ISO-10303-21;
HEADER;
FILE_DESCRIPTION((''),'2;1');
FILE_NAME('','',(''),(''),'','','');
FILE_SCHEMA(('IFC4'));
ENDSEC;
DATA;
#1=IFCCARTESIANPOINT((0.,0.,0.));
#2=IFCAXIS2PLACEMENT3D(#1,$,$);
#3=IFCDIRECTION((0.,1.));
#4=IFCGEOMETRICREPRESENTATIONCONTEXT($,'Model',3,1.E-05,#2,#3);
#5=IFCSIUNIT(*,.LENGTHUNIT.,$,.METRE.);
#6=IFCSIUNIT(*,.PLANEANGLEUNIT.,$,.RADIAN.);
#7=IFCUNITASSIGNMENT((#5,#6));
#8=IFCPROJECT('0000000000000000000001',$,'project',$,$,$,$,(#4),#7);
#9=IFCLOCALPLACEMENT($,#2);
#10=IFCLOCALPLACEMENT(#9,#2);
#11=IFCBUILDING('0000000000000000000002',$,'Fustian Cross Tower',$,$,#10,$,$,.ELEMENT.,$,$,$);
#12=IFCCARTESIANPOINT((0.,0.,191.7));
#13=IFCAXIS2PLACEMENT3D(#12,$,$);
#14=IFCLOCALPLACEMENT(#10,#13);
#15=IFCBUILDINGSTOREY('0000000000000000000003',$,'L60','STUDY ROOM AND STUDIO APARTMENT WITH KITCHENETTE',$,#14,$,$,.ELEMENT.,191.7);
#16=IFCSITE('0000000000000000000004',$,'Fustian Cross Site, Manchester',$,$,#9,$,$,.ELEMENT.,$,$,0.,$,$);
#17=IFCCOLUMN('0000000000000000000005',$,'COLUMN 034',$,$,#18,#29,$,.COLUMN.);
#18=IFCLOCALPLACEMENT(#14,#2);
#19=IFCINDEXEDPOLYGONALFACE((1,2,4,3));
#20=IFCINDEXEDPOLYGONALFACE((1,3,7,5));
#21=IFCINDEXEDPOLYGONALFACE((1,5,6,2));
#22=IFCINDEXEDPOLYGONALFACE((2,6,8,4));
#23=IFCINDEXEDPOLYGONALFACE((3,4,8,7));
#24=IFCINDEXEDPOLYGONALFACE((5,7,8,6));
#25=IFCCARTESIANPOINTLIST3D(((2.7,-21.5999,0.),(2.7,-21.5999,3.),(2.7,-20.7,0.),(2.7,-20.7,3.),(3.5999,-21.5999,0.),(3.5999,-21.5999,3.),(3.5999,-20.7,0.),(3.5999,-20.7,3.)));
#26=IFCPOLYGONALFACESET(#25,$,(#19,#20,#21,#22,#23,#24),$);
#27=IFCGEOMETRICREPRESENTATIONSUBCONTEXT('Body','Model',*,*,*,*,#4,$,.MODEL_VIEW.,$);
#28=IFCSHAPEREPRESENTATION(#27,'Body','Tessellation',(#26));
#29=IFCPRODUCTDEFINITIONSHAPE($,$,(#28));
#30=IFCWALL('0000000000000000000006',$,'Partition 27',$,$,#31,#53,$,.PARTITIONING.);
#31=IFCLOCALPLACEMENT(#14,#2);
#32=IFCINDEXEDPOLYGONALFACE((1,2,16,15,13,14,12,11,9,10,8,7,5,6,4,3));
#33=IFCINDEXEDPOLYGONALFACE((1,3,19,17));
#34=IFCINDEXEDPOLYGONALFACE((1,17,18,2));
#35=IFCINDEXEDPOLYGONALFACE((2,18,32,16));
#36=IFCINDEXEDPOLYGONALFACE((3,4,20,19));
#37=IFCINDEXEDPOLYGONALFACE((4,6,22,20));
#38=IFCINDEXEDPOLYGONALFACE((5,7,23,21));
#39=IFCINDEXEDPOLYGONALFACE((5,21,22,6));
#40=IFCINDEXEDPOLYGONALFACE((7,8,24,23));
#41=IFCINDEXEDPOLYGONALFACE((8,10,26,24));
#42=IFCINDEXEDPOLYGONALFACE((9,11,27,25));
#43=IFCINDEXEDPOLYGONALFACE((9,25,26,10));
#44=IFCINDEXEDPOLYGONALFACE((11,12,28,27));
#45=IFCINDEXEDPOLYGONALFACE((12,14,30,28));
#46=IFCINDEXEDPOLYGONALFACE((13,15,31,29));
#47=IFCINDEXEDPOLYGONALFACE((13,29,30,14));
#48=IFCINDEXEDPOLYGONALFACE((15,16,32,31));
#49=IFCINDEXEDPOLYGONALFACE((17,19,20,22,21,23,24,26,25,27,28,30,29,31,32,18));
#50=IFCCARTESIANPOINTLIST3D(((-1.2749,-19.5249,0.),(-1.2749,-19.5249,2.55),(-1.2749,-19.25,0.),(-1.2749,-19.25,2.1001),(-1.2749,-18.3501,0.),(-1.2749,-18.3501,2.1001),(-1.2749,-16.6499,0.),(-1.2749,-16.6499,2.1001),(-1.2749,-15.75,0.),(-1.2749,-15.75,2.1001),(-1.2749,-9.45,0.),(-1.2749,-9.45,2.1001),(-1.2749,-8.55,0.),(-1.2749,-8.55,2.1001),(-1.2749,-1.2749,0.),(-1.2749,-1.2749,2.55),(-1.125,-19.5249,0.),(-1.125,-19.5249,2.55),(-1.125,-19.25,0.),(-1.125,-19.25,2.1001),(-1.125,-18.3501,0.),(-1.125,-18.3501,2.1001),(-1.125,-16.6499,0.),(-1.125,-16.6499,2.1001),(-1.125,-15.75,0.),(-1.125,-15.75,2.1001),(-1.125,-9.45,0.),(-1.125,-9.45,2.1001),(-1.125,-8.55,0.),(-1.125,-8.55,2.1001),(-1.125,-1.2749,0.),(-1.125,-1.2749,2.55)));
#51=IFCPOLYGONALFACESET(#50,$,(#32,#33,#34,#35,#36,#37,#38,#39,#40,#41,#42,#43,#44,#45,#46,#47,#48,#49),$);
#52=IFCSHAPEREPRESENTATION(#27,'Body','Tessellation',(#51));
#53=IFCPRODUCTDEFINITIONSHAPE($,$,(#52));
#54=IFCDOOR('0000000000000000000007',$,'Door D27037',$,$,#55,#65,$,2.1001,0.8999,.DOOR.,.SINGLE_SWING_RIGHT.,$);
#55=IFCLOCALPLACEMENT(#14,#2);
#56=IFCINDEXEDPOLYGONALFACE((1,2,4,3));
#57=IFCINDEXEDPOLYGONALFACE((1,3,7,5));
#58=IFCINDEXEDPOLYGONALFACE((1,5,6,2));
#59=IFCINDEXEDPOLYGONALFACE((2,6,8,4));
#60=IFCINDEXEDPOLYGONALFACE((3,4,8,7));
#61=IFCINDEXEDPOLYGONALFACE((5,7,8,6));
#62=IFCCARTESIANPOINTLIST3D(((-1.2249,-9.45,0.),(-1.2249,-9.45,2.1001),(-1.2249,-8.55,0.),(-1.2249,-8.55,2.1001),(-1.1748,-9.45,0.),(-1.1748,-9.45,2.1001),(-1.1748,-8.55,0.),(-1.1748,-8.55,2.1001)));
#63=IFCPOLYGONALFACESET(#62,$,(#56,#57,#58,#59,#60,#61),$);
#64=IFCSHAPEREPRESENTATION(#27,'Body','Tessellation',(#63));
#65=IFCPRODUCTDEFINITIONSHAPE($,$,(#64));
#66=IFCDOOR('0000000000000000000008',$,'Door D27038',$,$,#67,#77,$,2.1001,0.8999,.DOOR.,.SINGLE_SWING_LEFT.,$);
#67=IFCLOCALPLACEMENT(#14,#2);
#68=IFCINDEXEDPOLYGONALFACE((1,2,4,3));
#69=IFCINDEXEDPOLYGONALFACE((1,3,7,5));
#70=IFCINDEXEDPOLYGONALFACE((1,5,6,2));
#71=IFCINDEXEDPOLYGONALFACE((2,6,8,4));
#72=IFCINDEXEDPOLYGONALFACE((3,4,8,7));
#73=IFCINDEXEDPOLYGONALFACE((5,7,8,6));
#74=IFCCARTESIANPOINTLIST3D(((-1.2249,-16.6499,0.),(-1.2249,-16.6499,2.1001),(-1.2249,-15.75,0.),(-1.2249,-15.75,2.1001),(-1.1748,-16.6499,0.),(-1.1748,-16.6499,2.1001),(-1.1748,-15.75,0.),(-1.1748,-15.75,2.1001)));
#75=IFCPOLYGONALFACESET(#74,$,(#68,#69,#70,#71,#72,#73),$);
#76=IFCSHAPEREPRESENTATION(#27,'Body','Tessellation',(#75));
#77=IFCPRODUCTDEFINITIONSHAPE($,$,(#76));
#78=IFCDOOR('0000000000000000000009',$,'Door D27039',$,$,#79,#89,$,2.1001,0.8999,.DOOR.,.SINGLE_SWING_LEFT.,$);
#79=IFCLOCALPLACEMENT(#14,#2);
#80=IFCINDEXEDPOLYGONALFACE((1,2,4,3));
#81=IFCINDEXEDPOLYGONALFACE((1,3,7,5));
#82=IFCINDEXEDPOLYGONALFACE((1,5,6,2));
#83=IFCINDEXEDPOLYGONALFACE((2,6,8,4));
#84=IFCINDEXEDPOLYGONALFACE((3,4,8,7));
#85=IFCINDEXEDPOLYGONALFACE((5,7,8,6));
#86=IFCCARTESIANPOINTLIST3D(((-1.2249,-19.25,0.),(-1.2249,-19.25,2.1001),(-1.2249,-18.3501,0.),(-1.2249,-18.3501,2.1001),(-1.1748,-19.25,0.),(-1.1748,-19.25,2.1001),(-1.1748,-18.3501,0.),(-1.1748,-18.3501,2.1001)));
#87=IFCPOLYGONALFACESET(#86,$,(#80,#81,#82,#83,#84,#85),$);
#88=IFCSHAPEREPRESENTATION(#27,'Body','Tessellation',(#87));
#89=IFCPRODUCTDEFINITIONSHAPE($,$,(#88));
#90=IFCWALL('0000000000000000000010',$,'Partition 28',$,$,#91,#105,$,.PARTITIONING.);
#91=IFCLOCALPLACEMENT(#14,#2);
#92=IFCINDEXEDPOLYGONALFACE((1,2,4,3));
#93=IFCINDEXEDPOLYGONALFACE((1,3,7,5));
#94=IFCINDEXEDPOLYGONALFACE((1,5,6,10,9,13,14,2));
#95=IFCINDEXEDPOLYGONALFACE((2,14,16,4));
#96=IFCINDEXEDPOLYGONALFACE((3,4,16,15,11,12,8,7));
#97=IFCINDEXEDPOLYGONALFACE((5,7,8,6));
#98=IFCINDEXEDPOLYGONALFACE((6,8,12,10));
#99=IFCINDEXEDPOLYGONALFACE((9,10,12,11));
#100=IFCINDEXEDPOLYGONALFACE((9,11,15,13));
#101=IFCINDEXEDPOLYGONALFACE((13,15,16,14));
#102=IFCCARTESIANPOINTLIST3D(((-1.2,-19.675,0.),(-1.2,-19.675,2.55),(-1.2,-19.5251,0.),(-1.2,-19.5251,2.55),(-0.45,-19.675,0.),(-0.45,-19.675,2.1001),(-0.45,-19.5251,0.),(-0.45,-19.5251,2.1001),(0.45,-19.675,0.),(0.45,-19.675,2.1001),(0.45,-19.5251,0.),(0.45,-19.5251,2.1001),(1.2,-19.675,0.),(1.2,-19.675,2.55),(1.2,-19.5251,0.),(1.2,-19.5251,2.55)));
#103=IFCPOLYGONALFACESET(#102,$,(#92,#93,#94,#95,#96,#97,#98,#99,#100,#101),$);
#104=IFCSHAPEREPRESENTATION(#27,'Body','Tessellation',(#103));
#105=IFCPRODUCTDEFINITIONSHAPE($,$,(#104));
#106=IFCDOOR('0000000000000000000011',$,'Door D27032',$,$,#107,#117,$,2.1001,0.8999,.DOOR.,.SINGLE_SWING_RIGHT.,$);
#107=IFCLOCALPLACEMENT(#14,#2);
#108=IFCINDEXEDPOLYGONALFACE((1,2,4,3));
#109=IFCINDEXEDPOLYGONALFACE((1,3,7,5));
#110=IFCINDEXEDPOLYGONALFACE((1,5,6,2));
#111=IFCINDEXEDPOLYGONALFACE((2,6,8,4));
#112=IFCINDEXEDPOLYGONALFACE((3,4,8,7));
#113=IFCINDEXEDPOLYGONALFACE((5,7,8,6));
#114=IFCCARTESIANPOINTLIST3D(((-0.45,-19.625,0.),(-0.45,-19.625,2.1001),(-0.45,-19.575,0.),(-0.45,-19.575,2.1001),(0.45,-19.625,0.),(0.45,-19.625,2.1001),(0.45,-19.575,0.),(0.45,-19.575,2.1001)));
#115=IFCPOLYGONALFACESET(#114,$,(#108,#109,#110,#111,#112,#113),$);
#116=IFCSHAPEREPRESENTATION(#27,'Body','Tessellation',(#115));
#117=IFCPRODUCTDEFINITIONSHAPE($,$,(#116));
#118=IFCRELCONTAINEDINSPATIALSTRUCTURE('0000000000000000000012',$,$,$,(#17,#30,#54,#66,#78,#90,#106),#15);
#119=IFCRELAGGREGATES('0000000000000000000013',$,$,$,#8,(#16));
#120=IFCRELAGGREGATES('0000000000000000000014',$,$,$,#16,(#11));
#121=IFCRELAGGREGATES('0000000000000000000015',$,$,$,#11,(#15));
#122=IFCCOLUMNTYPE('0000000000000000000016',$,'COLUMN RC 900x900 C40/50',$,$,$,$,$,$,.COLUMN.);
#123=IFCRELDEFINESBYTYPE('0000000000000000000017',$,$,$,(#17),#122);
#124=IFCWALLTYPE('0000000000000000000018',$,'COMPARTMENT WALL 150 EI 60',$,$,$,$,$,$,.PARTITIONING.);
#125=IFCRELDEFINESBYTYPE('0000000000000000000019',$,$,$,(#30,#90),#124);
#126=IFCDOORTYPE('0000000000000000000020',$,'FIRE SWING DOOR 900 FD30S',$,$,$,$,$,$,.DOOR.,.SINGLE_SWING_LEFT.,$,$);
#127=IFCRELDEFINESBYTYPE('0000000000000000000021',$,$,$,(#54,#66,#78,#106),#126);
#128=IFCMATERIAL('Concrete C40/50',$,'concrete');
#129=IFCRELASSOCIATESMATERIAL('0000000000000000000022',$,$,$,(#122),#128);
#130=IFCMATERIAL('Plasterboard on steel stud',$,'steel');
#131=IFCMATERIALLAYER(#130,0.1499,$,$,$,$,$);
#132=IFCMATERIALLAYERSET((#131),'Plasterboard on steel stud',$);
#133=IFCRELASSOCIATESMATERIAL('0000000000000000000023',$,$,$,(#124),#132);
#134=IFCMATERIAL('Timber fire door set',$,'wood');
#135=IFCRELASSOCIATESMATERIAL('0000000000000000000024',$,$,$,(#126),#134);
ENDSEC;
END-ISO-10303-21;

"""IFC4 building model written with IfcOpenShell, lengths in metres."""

from ifc_helpers import new_model, si_unit, direction, frame, frame_2d, origin, origin_2d, place, context, subcontext, project, spatial, rectangle, extrude, material, layer, layer_set, material_profile, profile_set, type_object, element, fill, save


model = new_model("IFC4")

# Units and contexts
model_context = context("Model", 3, precision=1e-05, world=origin(), true_north=direction((0.0, 1.0)))
body_context = subcontext(model_context, "Body", "Model", "MODEL_VIEW")
ifc_project = project(units=[si_unit("LENGTHUNIT", "METRE"), si_unit("PLANEANGLEUNIT", "RADIAN")], contexts=[model_context])

# Site, building, storey
site_placement = place(None, origin())
site = spatial("IfcSite", under=ifc_project, at=site_placement, Name="Fustian Cross Site, Manchester", CompositionType="ELEMENT", RefElevation=0.0)
building_placement = place(site_placement, origin())
building = spatial("IfcBuilding", under=site, at=building_placement, Name="Fustian Cross Tower", CompositionType="ELEMENT")
storey_placement = place(building_placement, frame((0.0, 0.0, 191.7)))
storey = spatial("IfcBuildingStorey", under=building, at=storey_placement, Name="L60", Description="STUDY ROOM AND STUDIO APARTMENT WITH KITCHENETTE", CompositionType="ELEMENT", Elevation=191.7)

# Column
ifc_material_1 = material(Name="Concrete C40/50", Category="concrete")
ifc_material_profile = material_profile(ifc_material_1, rectangle(XDim=0.8999, YDim=0.8999, at=origin_2d()), Name="RC 900x900")
ifc_profile_set = profile_set([ifc_material_profile], Name="Concrete C40/50")
column_type = type_object("IfcColumnType", Name="COLUMN RC 900x900 C40/50", PredefinedType="COLUMN", material=ifc_profile_set)
column_placement = place(storey_placement, frame((3.1499, -21.1499, 0.0), z_axis=(0.0, 0.0, 1.0), x_axis=(1.0, 0.0, 0.0)))
element("IfcColumn", 1, at=column_placement, inside=storey, type_object=column_type, Name="COLUMN 034", PredefinedType="COLUMN", context=body_context, shape_type="SweptSolid", body=[
    extrude(rectangle(XDim=0.8999, YDim=0.8999, at=origin_2d()), origin(), (0.0, 0.0, 1.0), 3.0),
])

# Wall, openings, doors
ifc_material_2 = material(Name="Plasterboard on steel stud", Category="steel")
ifc_layer_1 = layer(ifc_material_2, 0.1499)
ifc_layer_set_1 = layer_set([ifc_layer_1], Name="Plasterboard on steel stud")
wall_type_1 = type_object("IfcWallType", Name="COMPARTMENT WALL 150 EI 60", PredefinedType="PARTITIONING", material=ifc_layer_set_1)
wall_1_placement = place(storey_placement, frame((-1.2, -19.5249, 0.0), z_axis=(0.0, 0.0, 1.0), x_axis=(0.0, 1.0, 0.0)))
wall_1 = element("IfcWall", 2, at=wall_1_placement, inside=storey, type_object=wall_type_1, Name="Partition 27", PredefinedType="PARTITIONING", context=body_context, shape_type="SweptSolid", body=[
    extrude(rectangle(XDim=18.25, YDim=0.1499, at=frame_2d((9.125, 0.0))), origin(), (0.0, 0.0, 1.0), 2.55),
])
opening_1_placement = place(wall_1_placement, frame((10.075, 0.0, 0.0)))
opening_1 = element("IfcOpeningElement", 3, at=opening_1_placement, cuts=wall_1, PredefinedType="OPENING", context=body_context, shape_type="SweptSolid", body=[
    extrude(rectangle(XDim=0.8999, YDim=2.1001, at=frame_2d((0.45, 1.05))), frame((0.0, 0.085, 0.0), z_axis=(0.0, -1.0, 0.0), x_axis=(1.0, 0.0, 0.0)), (0.0, 0.0, 1.0), 0.1699),
])
opening_2_placement = place(wall_1_placement, frame((2.875, 0.0, 0.0)))
opening_2 = element("IfcOpeningElement", 4, at=opening_2_placement, cuts=wall_1, PredefinedType="OPENING", context=body_context, shape_type="SweptSolid", body=[
    extrude(rectangle(XDim=0.8999, YDim=2.1001, at=frame_2d((0.45, 1.05))), frame((0.0, 0.085, 0.0), z_axis=(0.0, -1.0, 0.0), x_axis=(1.0, 0.0, 0.0)), (0.0, 0.0, 1.0), 0.1699),
])
opening_3_placement = place(wall_1_placement, frame((0.2749, 0.0, 0.0)))
opening_3 = element("IfcOpeningElement", 5, at=opening_3_placement, cuts=wall_1, PredefinedType="OPENING", context=body_context, shape_type="SweptSolid", body=[
    extrude(rectangle(XDim=0.8999, YDim=2.1001, at=frame_2d((0.45, 1.05))), frame((0.0, 0.085, 0.0), z_axis=(0.0, -1.0, 0.0), x_axis=(1.0, 0.0, 0.0)), (0.0, 0.0, 1.0), 0.1699),
])
ifc_material_3 = material(Name="Timber fire door set", Category="wood")
door_type_1 = type_object("IfcDoorType", Name="FIRE SWING DOOR 900 FD30S", OperationType="SINGLE_SWING_LEFT", PredefinedType="DOOR", material=ifc_material_3)
door_1_placement = place(opening_1_placement, origin())
door_1 = element("IfcDoor", 6, at=door_1_placement, inside=storey, type_object=door_type_1, Name="Door D27037", OperationType="SINGLE_SWING_RIGHT", OverallHeight=2.1001, OverallWidth=0.8999, PredefinedType="DOOR", context=body_context, shape_type="SweptSolid", body=[
    extrude(rectangle(XDim=0.8999, YDim=2.1001, at=frame_2d((0.45, 1.05))), frame((0.0, 0.0249, 0.0), z_axis=(0.0, -1.0, 0.0), x_axis=(1.0, 0.0, 0.0)), (0.0, 0.0, 1.0), 0.05),
])
fill(opening_1, door_1)
door_2_placement = place(opening_2_placement, origin())
door_2 = element("IfcDoor", 7, at=door_2_placement, inside=storey, type_object=door_type_1, Name="Door D27038", OperationType="SINGLE_SWING_LEFT", OverallHeight=2.1001, OverallWidth=0.8999, PredefinedType="DOOR", context=body_context, shape_type="SweptSolid", body=[
    extrude(rectangle(XDim=0.8999, YDim=2.1001, at=frame_2d((0.45, 1.05))), frame((0.0, 0.0249, 0.0), z_axis=(0.0, -1.0, 0.0), x_axis=(1.0, 0.0, 0.0)), (0.0, 0.0, 1.0), 0.05),
])
fill(opening_2, door_2)
door_3_placement = place(opening_3_placement, origin())
door_3 = element("IfcDoor", 8, at=door_3_placement, inside=storey, type_object=door_type_1, Name="Door D27039", OperationType="SINGLE_SWING_LEFT", OverallHeight=2.1001, OverallWidth=0.8999, PredefinedType="DOOR", context=body_context, shape_type="SweptSolid", body=[
    extrude(rectangle(XDim=0.8999, YDim=2.1001, at=frame_2d((0.45, 1.05))), frame((0.0, 0.0249, 0.0), z_axis=(0.0, -1.0, 0.0), x_axis=(1.0, 0.0, 0.0)), (0.0, 0.0, 1.0), 0.05),
])
fill(opening_3, door_3)

# Wall, opening, door
wall_2_placement = place(storey_placement, frame((-1.2, -19.6001, 0.0), z_axis=(0.0, 0.0, 1.0), x_axis=(1.0, 0.0, 0.0)))
wall_2 = element("IfcWall", 9, at=wall_2_placement, inside=storey, type_object=wall_type_1, Name="Partition 28", PredefinedType="PARTITIONING", context=body_context, shape_type="SweptSolid", body=[
    extrude(rectangle(XDim=2.3999, YDim=0.1499, at=frame_2d((1.2, 0.0))), origin(), (0.0, 0.0, 1.0), 2.55),
])
opening_4_placement = place(wall_2_placement, frame((0.75, 0.0, 0.0)))
opening_4 = element("IfcOpeningElement", 10, at=opening_4_placement, cuts=wall_2, PredefinedType="OPENING", context=body_context, shape_type="SweptSolid", body=[
    extrude(rectangle(XDim=0.8999, YDim=2.1001, at=frame_2d((0.45, 1.05))), frame((0.0, 0.085, 0.0), z_axis=(0.0, -1.0, 0.0), x_axis=(1.0, 0.0, 0.0)), (0.0, 0.0, 1.0), 0.1699),
])
door_4_placement = place(opening_4_placement, frame((0.8999, 0.0, 0.0), z_axis=(0.0, 0.0, 1.0), x_axis=(-1.0, 0.0, 0.0)))
door_4 = element("IfcDoor", 11, at=door_4_placement, inside=storey, type_object=door_type_1, Name="Door D27032", OperationType="SINGLE_SWING_RIGHT", OverallHeight=2.1001, OverallWidth=0.8999, PredefinedType="DOOR", context=body_context, shape_type="SweptSolid", body=[
    extrude(rectangle(XDim=0.8999, YDim=2.1001, at=frame_2d((0.45, 1.05))), frame((0.0, 0.0249, 0.0), z_axis=(0.0, -1.0, 0.0), x_axis=(1.0, 0.0, 0.0)), (0.0, 0.0, 1.0), 0.05),
])
fill(opening_4, door_4)

save(model, "model.ifc")
